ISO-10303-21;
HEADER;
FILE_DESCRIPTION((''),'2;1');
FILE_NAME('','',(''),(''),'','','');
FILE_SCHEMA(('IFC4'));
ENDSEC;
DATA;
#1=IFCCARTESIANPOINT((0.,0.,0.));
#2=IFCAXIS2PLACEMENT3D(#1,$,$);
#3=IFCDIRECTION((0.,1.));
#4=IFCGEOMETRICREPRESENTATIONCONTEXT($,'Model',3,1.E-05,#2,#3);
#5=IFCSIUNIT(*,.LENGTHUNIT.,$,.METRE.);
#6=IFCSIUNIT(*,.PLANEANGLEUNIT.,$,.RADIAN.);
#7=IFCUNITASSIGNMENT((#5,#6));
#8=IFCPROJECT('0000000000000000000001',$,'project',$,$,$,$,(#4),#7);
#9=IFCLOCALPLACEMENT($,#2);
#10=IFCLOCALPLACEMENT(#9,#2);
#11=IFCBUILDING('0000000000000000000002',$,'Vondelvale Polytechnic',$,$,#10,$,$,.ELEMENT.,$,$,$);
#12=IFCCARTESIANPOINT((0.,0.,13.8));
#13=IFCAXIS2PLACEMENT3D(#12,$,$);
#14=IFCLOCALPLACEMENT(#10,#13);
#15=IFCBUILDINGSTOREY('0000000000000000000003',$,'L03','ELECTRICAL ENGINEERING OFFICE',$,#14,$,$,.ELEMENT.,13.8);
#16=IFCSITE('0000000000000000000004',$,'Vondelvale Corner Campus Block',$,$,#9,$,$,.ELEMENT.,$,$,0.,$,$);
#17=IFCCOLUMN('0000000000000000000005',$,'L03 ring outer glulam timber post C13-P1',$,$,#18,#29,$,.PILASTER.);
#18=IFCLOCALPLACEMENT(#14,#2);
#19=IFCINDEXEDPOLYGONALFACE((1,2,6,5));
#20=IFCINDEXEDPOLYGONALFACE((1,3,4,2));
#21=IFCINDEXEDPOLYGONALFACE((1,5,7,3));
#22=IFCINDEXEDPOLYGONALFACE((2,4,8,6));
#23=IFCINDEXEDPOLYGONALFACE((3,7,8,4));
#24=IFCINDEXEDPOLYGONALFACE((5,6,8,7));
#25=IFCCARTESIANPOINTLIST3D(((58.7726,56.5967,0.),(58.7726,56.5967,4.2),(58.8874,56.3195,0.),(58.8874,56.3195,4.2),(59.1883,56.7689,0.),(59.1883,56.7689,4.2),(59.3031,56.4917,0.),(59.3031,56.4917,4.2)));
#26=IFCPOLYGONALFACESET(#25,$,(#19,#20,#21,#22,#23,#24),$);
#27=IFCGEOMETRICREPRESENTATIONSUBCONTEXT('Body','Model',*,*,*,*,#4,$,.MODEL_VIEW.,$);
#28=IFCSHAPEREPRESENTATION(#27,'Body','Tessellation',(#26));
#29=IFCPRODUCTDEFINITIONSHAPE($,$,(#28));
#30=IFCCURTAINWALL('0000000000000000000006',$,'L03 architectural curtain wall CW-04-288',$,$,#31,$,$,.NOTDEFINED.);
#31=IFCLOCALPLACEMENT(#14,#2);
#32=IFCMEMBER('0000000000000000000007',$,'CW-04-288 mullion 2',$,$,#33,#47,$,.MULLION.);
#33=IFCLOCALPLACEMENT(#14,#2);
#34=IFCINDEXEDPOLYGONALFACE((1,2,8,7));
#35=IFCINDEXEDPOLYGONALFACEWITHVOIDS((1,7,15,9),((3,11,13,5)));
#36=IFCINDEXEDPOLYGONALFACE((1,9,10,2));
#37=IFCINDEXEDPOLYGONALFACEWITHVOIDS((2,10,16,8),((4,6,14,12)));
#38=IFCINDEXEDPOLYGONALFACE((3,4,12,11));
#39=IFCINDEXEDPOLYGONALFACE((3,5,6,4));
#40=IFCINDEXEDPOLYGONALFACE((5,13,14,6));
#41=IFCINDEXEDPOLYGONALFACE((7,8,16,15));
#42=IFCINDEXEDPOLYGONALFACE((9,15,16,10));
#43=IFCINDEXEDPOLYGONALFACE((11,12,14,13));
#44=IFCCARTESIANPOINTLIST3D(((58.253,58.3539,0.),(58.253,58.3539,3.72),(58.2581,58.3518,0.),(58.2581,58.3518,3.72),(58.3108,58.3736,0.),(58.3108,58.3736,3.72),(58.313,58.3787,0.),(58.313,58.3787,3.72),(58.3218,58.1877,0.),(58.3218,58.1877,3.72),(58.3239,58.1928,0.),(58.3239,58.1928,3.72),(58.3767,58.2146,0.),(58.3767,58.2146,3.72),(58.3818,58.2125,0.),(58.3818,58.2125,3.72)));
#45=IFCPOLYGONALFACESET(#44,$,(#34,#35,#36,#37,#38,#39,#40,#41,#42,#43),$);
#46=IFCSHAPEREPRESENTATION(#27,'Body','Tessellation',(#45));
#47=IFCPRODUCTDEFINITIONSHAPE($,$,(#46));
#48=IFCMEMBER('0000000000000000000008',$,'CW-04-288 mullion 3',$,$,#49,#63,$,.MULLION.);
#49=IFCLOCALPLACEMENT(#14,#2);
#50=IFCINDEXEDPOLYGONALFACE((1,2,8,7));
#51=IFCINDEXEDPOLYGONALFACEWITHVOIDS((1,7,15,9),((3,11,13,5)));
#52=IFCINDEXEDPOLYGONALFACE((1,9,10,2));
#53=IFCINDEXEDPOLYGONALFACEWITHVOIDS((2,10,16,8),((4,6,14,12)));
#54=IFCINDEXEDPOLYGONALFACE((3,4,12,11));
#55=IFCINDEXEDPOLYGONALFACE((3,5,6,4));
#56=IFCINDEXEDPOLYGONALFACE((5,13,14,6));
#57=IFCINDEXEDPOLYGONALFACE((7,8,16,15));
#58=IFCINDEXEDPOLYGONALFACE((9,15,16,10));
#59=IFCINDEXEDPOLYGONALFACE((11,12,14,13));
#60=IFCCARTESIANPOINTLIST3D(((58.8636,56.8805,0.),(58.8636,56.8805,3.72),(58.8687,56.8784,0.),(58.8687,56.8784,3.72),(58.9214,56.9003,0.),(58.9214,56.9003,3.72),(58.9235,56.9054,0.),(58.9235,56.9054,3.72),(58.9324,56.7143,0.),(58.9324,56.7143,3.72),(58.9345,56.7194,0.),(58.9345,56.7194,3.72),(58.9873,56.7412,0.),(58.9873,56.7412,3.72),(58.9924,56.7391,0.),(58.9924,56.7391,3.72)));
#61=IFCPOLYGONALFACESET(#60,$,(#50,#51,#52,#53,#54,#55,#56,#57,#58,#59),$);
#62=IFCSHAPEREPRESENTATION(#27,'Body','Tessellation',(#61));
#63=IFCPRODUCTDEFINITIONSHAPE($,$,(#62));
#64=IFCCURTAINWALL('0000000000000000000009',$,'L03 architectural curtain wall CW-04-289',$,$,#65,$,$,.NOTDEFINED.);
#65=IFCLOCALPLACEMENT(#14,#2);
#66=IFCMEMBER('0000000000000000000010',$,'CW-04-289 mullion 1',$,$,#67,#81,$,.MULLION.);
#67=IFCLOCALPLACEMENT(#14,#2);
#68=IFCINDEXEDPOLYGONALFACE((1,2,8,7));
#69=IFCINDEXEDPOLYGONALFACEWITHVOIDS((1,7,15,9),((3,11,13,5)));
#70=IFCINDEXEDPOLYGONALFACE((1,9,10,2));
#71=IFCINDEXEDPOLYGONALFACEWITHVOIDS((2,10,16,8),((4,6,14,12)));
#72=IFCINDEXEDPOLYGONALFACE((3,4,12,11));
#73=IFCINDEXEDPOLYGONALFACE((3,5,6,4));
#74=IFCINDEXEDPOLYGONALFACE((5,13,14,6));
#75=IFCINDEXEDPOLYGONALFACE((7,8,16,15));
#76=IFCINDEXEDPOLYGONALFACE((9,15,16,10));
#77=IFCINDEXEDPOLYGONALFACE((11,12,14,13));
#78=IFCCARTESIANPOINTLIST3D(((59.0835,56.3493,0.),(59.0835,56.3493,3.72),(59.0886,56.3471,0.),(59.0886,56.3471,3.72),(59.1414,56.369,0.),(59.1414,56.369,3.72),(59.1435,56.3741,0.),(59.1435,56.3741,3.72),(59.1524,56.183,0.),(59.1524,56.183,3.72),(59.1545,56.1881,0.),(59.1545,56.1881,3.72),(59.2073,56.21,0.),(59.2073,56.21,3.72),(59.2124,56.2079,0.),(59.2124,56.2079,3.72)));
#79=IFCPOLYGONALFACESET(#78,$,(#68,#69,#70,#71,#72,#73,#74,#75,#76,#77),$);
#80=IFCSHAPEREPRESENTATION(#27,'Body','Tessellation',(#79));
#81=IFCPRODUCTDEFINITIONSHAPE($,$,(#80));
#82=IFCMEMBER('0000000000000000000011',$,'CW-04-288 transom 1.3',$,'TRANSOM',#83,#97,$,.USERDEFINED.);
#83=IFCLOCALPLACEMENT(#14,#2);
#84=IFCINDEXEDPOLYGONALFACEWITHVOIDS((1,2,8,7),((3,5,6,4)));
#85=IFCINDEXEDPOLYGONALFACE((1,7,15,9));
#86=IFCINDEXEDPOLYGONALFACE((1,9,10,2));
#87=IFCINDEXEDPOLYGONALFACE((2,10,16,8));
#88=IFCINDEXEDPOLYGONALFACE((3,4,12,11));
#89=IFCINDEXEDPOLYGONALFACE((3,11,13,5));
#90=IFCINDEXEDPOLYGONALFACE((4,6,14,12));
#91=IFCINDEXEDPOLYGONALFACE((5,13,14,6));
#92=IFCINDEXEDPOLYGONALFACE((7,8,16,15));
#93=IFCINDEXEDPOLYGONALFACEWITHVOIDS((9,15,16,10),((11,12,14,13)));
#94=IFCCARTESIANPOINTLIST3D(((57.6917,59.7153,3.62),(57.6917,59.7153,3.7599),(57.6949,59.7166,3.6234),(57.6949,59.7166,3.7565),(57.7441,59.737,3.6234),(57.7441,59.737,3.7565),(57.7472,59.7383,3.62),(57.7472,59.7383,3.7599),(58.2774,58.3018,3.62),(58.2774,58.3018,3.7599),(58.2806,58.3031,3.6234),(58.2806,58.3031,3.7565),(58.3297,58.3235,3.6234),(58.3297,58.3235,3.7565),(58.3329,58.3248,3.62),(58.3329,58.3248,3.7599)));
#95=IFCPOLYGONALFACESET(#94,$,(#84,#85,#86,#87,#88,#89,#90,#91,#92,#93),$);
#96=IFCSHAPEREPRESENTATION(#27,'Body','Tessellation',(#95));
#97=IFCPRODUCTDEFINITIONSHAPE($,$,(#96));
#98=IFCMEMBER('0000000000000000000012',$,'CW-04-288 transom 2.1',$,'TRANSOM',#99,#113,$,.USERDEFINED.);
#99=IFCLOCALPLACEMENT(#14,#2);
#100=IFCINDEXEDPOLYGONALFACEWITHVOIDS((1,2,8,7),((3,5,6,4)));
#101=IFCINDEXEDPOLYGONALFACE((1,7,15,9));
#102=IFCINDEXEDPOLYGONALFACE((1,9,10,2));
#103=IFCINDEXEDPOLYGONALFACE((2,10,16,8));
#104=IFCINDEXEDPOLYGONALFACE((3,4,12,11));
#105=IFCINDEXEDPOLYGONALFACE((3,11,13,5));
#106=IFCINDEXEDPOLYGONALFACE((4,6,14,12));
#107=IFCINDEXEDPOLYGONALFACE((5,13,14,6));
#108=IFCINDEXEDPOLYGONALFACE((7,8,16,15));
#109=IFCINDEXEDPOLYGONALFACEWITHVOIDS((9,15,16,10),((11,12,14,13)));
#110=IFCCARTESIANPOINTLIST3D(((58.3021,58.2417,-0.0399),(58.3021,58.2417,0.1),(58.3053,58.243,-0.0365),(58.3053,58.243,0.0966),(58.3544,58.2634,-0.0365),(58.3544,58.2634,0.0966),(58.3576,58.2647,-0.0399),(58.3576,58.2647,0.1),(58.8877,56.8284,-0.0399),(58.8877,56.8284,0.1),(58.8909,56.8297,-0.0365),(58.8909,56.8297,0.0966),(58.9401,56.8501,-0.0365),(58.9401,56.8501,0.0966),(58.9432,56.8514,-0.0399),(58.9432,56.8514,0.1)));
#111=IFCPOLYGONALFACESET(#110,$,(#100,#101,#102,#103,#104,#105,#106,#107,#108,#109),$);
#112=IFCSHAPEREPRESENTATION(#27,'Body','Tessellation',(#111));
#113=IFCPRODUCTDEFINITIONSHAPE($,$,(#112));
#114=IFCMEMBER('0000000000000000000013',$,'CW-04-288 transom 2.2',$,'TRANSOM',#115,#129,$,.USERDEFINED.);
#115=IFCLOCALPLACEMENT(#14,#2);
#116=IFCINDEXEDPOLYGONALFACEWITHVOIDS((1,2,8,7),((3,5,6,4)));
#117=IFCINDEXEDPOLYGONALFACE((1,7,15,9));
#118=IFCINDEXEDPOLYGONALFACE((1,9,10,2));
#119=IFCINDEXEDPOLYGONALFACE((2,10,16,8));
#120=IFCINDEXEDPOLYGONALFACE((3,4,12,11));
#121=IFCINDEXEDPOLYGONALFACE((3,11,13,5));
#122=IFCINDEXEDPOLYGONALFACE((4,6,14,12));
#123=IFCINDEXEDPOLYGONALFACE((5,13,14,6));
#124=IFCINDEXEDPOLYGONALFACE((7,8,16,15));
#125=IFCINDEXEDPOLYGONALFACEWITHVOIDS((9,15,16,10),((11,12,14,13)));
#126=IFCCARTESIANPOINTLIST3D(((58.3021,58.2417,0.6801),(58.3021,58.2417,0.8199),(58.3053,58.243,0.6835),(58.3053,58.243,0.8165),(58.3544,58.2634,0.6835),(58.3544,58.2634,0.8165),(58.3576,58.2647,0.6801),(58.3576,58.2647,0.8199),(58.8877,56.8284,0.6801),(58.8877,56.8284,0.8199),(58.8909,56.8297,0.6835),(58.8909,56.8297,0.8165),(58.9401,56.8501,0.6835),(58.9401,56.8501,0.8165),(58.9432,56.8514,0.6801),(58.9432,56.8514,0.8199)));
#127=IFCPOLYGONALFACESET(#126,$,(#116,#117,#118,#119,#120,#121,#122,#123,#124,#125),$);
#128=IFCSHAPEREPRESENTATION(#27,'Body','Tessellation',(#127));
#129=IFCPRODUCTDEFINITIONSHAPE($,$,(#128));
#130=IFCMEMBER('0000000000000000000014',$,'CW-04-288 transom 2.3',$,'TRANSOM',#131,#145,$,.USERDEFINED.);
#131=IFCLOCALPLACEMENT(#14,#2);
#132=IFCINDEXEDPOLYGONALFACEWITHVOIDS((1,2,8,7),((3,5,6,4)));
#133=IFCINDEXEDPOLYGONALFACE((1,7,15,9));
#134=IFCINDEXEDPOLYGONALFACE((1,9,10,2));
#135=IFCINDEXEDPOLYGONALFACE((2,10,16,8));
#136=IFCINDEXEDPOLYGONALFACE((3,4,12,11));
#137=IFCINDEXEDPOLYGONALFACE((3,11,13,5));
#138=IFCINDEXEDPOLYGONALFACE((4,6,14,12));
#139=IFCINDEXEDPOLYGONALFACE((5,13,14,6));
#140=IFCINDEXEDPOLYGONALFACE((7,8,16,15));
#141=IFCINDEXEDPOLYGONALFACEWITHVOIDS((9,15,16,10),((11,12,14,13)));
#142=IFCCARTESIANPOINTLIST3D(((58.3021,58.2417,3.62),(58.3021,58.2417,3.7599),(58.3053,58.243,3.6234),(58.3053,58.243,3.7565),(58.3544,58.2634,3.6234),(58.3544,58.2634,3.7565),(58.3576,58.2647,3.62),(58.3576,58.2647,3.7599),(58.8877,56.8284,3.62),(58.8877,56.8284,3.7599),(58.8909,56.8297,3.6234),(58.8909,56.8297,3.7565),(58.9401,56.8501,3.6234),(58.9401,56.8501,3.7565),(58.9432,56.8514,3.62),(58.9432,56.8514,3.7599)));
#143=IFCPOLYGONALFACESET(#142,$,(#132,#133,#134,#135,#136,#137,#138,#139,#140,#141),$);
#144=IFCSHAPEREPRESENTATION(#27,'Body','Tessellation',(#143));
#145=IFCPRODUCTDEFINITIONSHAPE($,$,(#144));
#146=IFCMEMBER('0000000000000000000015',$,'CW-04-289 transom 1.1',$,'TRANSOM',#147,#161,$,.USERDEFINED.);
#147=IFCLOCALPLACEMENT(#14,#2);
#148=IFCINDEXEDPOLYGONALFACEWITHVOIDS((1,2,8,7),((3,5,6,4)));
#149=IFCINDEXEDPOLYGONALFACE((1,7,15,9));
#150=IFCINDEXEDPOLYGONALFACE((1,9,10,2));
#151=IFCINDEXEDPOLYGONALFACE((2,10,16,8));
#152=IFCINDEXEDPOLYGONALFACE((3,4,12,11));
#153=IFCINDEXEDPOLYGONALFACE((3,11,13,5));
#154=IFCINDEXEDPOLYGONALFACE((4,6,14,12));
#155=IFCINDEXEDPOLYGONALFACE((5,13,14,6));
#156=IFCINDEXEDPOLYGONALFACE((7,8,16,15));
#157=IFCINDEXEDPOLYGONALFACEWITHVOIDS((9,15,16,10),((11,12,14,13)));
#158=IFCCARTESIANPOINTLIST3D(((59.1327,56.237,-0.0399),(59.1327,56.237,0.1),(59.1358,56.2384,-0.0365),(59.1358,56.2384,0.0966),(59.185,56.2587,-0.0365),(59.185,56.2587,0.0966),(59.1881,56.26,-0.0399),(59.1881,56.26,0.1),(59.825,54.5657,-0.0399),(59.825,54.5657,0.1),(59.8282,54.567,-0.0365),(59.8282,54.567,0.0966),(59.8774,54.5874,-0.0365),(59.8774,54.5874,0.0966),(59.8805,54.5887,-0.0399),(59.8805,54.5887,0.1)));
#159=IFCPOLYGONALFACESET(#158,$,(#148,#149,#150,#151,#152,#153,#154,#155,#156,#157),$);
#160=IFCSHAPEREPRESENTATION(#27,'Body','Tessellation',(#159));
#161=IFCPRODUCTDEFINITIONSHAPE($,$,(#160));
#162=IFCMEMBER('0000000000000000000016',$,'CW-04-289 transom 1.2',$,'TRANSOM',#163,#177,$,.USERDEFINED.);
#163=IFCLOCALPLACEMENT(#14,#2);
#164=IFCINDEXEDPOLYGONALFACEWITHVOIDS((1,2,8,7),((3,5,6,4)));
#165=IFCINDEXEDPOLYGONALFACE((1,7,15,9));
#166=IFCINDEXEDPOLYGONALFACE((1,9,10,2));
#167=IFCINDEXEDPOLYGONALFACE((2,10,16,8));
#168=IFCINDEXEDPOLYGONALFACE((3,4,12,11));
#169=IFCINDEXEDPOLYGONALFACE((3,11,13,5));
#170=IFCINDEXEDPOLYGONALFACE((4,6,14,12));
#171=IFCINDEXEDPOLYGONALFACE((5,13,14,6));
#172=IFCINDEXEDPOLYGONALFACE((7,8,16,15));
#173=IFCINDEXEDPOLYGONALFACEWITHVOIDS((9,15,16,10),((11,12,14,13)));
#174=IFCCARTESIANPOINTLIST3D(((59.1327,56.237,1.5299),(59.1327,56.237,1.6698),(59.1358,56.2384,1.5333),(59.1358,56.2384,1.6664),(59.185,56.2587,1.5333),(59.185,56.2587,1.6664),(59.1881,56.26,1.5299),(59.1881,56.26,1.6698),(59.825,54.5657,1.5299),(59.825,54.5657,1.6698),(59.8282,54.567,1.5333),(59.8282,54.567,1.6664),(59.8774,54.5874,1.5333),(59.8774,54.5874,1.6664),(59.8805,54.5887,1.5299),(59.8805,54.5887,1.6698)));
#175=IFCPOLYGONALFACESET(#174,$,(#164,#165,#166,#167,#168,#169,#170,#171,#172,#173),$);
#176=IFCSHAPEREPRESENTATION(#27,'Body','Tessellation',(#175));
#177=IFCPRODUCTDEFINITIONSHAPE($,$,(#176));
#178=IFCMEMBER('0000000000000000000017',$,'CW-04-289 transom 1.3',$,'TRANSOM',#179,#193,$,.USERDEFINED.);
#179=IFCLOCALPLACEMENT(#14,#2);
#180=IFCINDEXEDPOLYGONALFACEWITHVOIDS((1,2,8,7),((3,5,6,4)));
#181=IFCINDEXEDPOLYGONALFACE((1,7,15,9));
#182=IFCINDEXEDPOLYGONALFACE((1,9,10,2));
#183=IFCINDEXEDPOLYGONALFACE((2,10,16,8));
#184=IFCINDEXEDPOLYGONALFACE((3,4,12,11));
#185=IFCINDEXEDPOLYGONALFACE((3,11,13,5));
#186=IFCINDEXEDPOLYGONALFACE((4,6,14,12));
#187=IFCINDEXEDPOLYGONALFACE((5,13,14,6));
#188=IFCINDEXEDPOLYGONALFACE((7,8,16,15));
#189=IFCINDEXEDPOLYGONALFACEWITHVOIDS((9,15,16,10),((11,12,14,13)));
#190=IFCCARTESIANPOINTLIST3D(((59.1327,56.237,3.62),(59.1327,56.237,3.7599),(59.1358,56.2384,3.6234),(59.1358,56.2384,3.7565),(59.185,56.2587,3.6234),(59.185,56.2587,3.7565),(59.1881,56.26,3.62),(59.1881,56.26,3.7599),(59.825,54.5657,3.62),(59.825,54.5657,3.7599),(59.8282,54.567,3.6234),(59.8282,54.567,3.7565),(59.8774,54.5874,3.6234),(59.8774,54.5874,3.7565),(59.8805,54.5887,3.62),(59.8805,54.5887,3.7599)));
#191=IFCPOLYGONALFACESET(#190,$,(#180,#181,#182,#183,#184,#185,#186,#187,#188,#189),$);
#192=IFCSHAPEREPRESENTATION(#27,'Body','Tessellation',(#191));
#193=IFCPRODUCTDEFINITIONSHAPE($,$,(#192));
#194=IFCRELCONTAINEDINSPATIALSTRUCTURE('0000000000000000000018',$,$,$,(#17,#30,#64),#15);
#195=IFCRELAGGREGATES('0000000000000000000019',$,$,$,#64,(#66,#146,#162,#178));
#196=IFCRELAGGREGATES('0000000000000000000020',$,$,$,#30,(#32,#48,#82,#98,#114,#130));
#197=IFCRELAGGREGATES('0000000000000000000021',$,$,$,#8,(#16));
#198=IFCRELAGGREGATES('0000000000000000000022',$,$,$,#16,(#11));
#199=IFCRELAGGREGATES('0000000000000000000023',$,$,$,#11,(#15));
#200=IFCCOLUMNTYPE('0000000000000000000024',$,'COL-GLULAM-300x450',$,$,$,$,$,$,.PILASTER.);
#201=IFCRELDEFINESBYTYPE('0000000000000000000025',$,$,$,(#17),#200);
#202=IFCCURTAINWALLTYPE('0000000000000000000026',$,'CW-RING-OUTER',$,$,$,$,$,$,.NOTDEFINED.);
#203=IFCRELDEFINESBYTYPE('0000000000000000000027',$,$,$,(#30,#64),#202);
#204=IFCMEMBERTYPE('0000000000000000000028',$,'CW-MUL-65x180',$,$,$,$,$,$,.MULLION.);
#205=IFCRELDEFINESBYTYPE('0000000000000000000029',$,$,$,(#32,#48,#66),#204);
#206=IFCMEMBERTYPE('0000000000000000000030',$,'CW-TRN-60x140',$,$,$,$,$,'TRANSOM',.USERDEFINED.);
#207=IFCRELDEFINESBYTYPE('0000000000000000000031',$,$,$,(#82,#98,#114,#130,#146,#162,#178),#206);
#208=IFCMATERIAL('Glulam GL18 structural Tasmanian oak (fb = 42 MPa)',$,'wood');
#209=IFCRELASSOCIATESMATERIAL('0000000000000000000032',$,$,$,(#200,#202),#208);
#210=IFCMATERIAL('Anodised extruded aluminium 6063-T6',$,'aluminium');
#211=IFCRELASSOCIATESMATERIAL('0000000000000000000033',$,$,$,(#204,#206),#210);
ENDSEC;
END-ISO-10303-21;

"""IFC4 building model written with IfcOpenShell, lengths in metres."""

from ifc_helpers import new_model, si_unit, direction, frame, origin, origin_2d, place, context, subcontext, project, spatial, rectangle, hollow_rectangle, extrude, material, material_profile, profile_set, type_object, element, aggregate, save


model = new_model("IFC4")

# Units and contexts
model_context = context("Model", 3, precision=1e-05, world=origin(), true_north=direction((0.0, 1.0)))
body_context = subcontext(model_context, "Body", "Model", "MODEL_VIEW")
ifc_project = project(units=[si_unit("LENGTHUNIT", "METRE"), si_unit("PLANEANGLEUNIT", "RADIAN")], contexts=[model_context])

# Site, building, storey
site_placement = place(None, origin())
site = spatial("IfcSite", under=ifc_project, at=site_placement, Name="Vondelvale Corner Campus Block", CompositionType="ELEMENT", RefElevation=0.0)
building_placement = place(site_placement, origin())
building = spatial("IfcBuilding", under=site, at=building_placement, Name="Vondelvale Polytechnic", CompositionType="ELEMENT")
storey_placement = place(building_placement, frame((0.0, 0.0, 13.8)))
storey = spatial("IfcBuildingStorey", under=building, at=storey_placement, Name="L03", Description="ELECTRICAL ENGINEERING OFFICE", CompositionType="ELEMENT", Elevation=13.8)

# Column
ifc_material_1 = material(Name="Glulam GL18 structural Tasmanian oak (fb = 42 MPa)", Category="wood")
ifc_material_profile_1 = material_profile(ifc_material_1, rectangle(XDim=0.3, YDim=0.45, at=origin_2d()), Name="GL-POST-300x450")
ifc_profile_set_1 = profile_set([ifc_material_profile_1], Name="Glulam GL18 structural Tasmanian oak (fb = 42 MPa)")
column_type = type_object("IfcColumnType", Name="COL-GLULAM-300x450", PredefinedType="PILASTER", material=ifc_profile_set_1)
column_placement = place(storey_placement, frame((59.0378, 56.5442, 0.0), z_axis=(0.0, 0.0, 1.0), x_axis=(-0.382683, 0.92388, 0.0)))
element("IfcColumn", 1, at=column_placement, inside=storey, type_object=column_type, Name="L03 ring outer glulam timber post C13-P1", PredefinedType="PILASTER", context=body_context, shape_type="SweptSolid", body=[
    extrude(rectangle(XDim=0.3, YDim=0.45, at=origin_2d()), origin(), (0.0, 0.0, 1.0), 4.2),
])

# Curtain wall, members
curtain_wall_type = type_object("IfcCurtainWallType", Name="CW-RING-OUTER", PredefinedType="NOTDEFINED", material=ifc_material_1)
curtain_wall_1_placement = place(storey_placement, origin())
curtain_wall_1 = element("IfcCurtainWall", 2, at=curtain_wall_1_placement, inside=storey, type_object=curtain_wall_type, Name="L03 architectural curtain wall CW-04-288", PredefinedType="NOTDEFINED")
ifc_material_2 = material(Name="Anodised extruded aluminium 6063-T6", Category="aluminium")
ifc_material_profile_2 = material_profile(ifc_material_2, hollow_rectangle(XDim=0.0649, YDim=0.1799, WallThickness=0.0039, at=origin_2d()), Name="CW-MUL-180x65")
ifc_profile_set_2 = profile_set([ifc_material_profile_2], Name="Anodised extruded aluminium 6063-T6")
member_type_1 = type_object("IfcMemberType", Name="CW-MUL-65x180", PredefinedType="MULLION", material=ifc_profile_set_2)
member_1_placement = place(storey_placement, frame((58.3174, 58.2832, 0.0), z_axis=(0.0, 0.0, 1.0), x_axis=(0.923882, 0.382677, 0.0)))
member_1 = element("IfcMember", 3, at=member_1_placement, type_object=member_type_1, Name="CW-04-288 mullion 2", PredefinedType="MULLION", context=body_context, shape_type="SweptSolid", body=[
    extrude(hollow_rectangle(XDim=0.0649, YDim=0.1799, WallThickness=0.0039, at=origin_2d()), origin(), (0.0, 0.0, 1.0), 3.72),
])
member_2_placement = place(storey_placement, frame((58.928, 56.8098, 0.0), z_axis=(0.0, 0.0, 1.0), x_axis=(0.923882, 0.382677, 0.0)))
member_2 = element("IfcMember", 4, at=member_2_placement, type_object=member_type_1, Name="CW-04-288 mullion 3", PredefinedType="MULLION", context=body_context, shape_type="SweptSolid", body=[
    extrude(hollow_rectangle(XDim=0.0649, YDim=0.1799, WallThickness=0.0039, at=origin_2d()), origin(), (0.0, 0.0, 1.0), 3.72),
])

# Curtain wall, member
curtain_wall_2_placement = place(storey_placement, origin())
curtain_wall_2 = element("IfcCurtainWall", 5, at=curtain_wall_2_placement, inside=storey, type_object=curtain_wall_type, Name="L03 architectural curtain wall CW-04-289", PredefinedType="NOTDEFINED")
member_3_placement = place(storey_placement, frame((59.1479, 56.2786, 0.0), z_axis=(0.0, 0.0, 1.0), x_axis=(0.923875, 0.382695, 0.0)))
member_3 = element("IfcMember", 6, at=member_3_placement, type_object=member_type_1, Name="CW-04-289 mullion 1", PredefinedType="MULLION", context=body_context, shape_type="SweptSolid", body=[
    extrude(hollow_rectangle(XDim=0.0649, YDim=0.1799, WallThickness=0.0039, at=origin_2d()), origin(), (0.0, 0.0, 1.0), 3.72),
])

# Members
ifc_material_profile_3 = material_profile(ifc_material_2, hollow_rectangle(XDim=0.0601, YDim=0.1399, WallThickness=0.0034, at=origin_2d()), Name="CW-TRN-140x60")
ifc_profile_set_3 = profile_set([ifc_material_profile_3], Name="Anodised extruded aluminium 6063-T6")
member_type_2 = type_object("IfcMemberType", Name="CW-TRN-60x140", ElementType="TRANSOM", PredefinedType="USERDEFINED", material=ifc_profile_set_3)
member_4_placement = place(storey_placement, frame((57.7195, 59.7268, 3.6899), z_axis=(0.382779, -0.92384, 0.0), x_axis=(0.92384, 0.382779, 0.0)))
member_4 = element("IfcMember", 7, at=member_4_placement, type_object=member_type_2, Name="CW-04-288 transom 1.3", ObjectType="TRANSOM", PredefinedType="USERDEFINED", context=body_context, shape_type="SweptSolid", body=[
    extrude(hollow_rectangle(XDim=0.0601, YDim=0.1399, WallThickness=0.0034, at=origin_2d()), origin(), (0.0, 0.0, 1.0), 1.53),
])
member_5_placement = place(storey_placement, frame((58.3298, 58.2532, 0.03), z_axis=(0.382836, -0.923816, 0.0), x_axis=(0.923816, 0.382836, 0.0)))
member_5 = element("IfcMember", 8, at=member_5_placement, type_object=member_type_2, Name="CW-04-288 transom 2.1", ObjectType="TRANSOM", PredefinedType="USERDEFINED", context=body_context, shape_type="SweptSolid", body=[
    extrude(hollow_rectangle(XDim=0.0601, YDim=0.1399, WallThickness=0.0034, at=origin_2d()), origin(), (0.0, 0.0, 1.0), 1.5298),
])
member_6_placement = place(storey_placement, frame((58.3298, 58.2532, 0.75), z_axis=(0.382836, -0.923816, 0.0), x_axis=(0.923816, 0.382836, 0.0)))
member_6 = element("IfcMember", 9, at=member_6_placement, type_object=member_type_2, Name="CW-04-288 transom 2.2", ObjectType="TRANSOM", PredefinedType="USERDEFINED", context=body_context, shape_type="SweptSolid", body=[
    extrude(hollow_rectangle(XDim=0.0601, YDim=0.1399, WallThickness=0.0034, at=origin_2d()), origin(), (0.0, 0.0, 1.0), 1.5298),
])
member_7_placement = place(storey_placement, frame((58.3298, 58.2532, 3.6899), z_axis=(0.382836, -0.923816, 0.0), x_axis=(0.923816, 0.382836, 0.0)))
member_7 = element("IfcMember", 10, at=member_7_placement, type_object=member_type_2, Name="CW-04-288 transom 2.3", ObjectType="TRANSOM", PredefinedType="USERDEFINED", context=body_context, shape_type="SweptSolid", body=[
    extrude(hollow_rectangle(XDim=0.0601, YDim=0.1399, WallThickness=0.0034, at=origin_2d()), origin(), (0.0, 0.0, 1.0), 1.5298),
])
member_8_placement = place(storey_placement, frame((59.1604, 56.2485, 0.03), z_axis=(0.382717, -0.923866, 0.0), x_axis=(0.923866, 0.382717, 0.0)))
member_8 = element("IfcMember", 11, at=member_8_placement, type_object=member_type_2, Name="CW-04-289 transom 1.1", ObjectType="TRANSOM", PredefinedType="USERDEFINED", context=body_context, shape_type="SweptSolid", body=[
    extrude(hollow_rectangle(XDim=0.0601, YDim=0.1399, WallThickness=0.0034, at=origin_2d()), origin(), (0.0, 0.0, 1.0), 1.8091),
])
member_9_placement = place(storey_placement, frame((59.1604, 56.2485, 1.5999), z_axis=(0.382717, -0.923866, 0.0), x_axis=(0.923866, 0.382717, 0.0)))
member_9 = element("IfcMember", 12, at=member_9_placement, type_object=member_type_2, Name="CW-04-289 transom 1.2", ObjectType="TRANSOM", PredefinedType="USERDEFINED", context=body_context, shape_type="SweptSolid", body=[
    extrude(hollow_rectangle(XDim=0.0601, YDim=0.1399, WallThickness=0.0034, at=origin_2d()), origin(), (0.0, 0.0, 1.0), 1.8091),
])
member_10_placement = place(storey_placement, frame((59.1604, 56.2485, 3.6899), z_axis=(0.382717, -0.923866, 0.0), x_axis=(0.923866, 0.382717, 0.0)))
member_10 = element("IfcMember", 13, at=member_10_placement, type_object=member_type_2, Name="CW-04-289 transom 1.3", ObjectType="TRANSOM", PredefinedType="USERDEFINED", context=body_context, shape_type="SweptSolid", body=[
    extrude(hollow_rectangle(XDim=0.0601, YDim=0.1399, WallThickness=0.0034, at=origin_2d()), origin(), (0.0, 0.0, 1.0), 1.8091),
])

aggregate(curtain_wall_2, [member_3, member_8, member_9, member_10])
aggregate(curtain_wall_1, [member_1, member_2, member_4, member_5, member_6, member_7])

save(model, "model.ifc")
